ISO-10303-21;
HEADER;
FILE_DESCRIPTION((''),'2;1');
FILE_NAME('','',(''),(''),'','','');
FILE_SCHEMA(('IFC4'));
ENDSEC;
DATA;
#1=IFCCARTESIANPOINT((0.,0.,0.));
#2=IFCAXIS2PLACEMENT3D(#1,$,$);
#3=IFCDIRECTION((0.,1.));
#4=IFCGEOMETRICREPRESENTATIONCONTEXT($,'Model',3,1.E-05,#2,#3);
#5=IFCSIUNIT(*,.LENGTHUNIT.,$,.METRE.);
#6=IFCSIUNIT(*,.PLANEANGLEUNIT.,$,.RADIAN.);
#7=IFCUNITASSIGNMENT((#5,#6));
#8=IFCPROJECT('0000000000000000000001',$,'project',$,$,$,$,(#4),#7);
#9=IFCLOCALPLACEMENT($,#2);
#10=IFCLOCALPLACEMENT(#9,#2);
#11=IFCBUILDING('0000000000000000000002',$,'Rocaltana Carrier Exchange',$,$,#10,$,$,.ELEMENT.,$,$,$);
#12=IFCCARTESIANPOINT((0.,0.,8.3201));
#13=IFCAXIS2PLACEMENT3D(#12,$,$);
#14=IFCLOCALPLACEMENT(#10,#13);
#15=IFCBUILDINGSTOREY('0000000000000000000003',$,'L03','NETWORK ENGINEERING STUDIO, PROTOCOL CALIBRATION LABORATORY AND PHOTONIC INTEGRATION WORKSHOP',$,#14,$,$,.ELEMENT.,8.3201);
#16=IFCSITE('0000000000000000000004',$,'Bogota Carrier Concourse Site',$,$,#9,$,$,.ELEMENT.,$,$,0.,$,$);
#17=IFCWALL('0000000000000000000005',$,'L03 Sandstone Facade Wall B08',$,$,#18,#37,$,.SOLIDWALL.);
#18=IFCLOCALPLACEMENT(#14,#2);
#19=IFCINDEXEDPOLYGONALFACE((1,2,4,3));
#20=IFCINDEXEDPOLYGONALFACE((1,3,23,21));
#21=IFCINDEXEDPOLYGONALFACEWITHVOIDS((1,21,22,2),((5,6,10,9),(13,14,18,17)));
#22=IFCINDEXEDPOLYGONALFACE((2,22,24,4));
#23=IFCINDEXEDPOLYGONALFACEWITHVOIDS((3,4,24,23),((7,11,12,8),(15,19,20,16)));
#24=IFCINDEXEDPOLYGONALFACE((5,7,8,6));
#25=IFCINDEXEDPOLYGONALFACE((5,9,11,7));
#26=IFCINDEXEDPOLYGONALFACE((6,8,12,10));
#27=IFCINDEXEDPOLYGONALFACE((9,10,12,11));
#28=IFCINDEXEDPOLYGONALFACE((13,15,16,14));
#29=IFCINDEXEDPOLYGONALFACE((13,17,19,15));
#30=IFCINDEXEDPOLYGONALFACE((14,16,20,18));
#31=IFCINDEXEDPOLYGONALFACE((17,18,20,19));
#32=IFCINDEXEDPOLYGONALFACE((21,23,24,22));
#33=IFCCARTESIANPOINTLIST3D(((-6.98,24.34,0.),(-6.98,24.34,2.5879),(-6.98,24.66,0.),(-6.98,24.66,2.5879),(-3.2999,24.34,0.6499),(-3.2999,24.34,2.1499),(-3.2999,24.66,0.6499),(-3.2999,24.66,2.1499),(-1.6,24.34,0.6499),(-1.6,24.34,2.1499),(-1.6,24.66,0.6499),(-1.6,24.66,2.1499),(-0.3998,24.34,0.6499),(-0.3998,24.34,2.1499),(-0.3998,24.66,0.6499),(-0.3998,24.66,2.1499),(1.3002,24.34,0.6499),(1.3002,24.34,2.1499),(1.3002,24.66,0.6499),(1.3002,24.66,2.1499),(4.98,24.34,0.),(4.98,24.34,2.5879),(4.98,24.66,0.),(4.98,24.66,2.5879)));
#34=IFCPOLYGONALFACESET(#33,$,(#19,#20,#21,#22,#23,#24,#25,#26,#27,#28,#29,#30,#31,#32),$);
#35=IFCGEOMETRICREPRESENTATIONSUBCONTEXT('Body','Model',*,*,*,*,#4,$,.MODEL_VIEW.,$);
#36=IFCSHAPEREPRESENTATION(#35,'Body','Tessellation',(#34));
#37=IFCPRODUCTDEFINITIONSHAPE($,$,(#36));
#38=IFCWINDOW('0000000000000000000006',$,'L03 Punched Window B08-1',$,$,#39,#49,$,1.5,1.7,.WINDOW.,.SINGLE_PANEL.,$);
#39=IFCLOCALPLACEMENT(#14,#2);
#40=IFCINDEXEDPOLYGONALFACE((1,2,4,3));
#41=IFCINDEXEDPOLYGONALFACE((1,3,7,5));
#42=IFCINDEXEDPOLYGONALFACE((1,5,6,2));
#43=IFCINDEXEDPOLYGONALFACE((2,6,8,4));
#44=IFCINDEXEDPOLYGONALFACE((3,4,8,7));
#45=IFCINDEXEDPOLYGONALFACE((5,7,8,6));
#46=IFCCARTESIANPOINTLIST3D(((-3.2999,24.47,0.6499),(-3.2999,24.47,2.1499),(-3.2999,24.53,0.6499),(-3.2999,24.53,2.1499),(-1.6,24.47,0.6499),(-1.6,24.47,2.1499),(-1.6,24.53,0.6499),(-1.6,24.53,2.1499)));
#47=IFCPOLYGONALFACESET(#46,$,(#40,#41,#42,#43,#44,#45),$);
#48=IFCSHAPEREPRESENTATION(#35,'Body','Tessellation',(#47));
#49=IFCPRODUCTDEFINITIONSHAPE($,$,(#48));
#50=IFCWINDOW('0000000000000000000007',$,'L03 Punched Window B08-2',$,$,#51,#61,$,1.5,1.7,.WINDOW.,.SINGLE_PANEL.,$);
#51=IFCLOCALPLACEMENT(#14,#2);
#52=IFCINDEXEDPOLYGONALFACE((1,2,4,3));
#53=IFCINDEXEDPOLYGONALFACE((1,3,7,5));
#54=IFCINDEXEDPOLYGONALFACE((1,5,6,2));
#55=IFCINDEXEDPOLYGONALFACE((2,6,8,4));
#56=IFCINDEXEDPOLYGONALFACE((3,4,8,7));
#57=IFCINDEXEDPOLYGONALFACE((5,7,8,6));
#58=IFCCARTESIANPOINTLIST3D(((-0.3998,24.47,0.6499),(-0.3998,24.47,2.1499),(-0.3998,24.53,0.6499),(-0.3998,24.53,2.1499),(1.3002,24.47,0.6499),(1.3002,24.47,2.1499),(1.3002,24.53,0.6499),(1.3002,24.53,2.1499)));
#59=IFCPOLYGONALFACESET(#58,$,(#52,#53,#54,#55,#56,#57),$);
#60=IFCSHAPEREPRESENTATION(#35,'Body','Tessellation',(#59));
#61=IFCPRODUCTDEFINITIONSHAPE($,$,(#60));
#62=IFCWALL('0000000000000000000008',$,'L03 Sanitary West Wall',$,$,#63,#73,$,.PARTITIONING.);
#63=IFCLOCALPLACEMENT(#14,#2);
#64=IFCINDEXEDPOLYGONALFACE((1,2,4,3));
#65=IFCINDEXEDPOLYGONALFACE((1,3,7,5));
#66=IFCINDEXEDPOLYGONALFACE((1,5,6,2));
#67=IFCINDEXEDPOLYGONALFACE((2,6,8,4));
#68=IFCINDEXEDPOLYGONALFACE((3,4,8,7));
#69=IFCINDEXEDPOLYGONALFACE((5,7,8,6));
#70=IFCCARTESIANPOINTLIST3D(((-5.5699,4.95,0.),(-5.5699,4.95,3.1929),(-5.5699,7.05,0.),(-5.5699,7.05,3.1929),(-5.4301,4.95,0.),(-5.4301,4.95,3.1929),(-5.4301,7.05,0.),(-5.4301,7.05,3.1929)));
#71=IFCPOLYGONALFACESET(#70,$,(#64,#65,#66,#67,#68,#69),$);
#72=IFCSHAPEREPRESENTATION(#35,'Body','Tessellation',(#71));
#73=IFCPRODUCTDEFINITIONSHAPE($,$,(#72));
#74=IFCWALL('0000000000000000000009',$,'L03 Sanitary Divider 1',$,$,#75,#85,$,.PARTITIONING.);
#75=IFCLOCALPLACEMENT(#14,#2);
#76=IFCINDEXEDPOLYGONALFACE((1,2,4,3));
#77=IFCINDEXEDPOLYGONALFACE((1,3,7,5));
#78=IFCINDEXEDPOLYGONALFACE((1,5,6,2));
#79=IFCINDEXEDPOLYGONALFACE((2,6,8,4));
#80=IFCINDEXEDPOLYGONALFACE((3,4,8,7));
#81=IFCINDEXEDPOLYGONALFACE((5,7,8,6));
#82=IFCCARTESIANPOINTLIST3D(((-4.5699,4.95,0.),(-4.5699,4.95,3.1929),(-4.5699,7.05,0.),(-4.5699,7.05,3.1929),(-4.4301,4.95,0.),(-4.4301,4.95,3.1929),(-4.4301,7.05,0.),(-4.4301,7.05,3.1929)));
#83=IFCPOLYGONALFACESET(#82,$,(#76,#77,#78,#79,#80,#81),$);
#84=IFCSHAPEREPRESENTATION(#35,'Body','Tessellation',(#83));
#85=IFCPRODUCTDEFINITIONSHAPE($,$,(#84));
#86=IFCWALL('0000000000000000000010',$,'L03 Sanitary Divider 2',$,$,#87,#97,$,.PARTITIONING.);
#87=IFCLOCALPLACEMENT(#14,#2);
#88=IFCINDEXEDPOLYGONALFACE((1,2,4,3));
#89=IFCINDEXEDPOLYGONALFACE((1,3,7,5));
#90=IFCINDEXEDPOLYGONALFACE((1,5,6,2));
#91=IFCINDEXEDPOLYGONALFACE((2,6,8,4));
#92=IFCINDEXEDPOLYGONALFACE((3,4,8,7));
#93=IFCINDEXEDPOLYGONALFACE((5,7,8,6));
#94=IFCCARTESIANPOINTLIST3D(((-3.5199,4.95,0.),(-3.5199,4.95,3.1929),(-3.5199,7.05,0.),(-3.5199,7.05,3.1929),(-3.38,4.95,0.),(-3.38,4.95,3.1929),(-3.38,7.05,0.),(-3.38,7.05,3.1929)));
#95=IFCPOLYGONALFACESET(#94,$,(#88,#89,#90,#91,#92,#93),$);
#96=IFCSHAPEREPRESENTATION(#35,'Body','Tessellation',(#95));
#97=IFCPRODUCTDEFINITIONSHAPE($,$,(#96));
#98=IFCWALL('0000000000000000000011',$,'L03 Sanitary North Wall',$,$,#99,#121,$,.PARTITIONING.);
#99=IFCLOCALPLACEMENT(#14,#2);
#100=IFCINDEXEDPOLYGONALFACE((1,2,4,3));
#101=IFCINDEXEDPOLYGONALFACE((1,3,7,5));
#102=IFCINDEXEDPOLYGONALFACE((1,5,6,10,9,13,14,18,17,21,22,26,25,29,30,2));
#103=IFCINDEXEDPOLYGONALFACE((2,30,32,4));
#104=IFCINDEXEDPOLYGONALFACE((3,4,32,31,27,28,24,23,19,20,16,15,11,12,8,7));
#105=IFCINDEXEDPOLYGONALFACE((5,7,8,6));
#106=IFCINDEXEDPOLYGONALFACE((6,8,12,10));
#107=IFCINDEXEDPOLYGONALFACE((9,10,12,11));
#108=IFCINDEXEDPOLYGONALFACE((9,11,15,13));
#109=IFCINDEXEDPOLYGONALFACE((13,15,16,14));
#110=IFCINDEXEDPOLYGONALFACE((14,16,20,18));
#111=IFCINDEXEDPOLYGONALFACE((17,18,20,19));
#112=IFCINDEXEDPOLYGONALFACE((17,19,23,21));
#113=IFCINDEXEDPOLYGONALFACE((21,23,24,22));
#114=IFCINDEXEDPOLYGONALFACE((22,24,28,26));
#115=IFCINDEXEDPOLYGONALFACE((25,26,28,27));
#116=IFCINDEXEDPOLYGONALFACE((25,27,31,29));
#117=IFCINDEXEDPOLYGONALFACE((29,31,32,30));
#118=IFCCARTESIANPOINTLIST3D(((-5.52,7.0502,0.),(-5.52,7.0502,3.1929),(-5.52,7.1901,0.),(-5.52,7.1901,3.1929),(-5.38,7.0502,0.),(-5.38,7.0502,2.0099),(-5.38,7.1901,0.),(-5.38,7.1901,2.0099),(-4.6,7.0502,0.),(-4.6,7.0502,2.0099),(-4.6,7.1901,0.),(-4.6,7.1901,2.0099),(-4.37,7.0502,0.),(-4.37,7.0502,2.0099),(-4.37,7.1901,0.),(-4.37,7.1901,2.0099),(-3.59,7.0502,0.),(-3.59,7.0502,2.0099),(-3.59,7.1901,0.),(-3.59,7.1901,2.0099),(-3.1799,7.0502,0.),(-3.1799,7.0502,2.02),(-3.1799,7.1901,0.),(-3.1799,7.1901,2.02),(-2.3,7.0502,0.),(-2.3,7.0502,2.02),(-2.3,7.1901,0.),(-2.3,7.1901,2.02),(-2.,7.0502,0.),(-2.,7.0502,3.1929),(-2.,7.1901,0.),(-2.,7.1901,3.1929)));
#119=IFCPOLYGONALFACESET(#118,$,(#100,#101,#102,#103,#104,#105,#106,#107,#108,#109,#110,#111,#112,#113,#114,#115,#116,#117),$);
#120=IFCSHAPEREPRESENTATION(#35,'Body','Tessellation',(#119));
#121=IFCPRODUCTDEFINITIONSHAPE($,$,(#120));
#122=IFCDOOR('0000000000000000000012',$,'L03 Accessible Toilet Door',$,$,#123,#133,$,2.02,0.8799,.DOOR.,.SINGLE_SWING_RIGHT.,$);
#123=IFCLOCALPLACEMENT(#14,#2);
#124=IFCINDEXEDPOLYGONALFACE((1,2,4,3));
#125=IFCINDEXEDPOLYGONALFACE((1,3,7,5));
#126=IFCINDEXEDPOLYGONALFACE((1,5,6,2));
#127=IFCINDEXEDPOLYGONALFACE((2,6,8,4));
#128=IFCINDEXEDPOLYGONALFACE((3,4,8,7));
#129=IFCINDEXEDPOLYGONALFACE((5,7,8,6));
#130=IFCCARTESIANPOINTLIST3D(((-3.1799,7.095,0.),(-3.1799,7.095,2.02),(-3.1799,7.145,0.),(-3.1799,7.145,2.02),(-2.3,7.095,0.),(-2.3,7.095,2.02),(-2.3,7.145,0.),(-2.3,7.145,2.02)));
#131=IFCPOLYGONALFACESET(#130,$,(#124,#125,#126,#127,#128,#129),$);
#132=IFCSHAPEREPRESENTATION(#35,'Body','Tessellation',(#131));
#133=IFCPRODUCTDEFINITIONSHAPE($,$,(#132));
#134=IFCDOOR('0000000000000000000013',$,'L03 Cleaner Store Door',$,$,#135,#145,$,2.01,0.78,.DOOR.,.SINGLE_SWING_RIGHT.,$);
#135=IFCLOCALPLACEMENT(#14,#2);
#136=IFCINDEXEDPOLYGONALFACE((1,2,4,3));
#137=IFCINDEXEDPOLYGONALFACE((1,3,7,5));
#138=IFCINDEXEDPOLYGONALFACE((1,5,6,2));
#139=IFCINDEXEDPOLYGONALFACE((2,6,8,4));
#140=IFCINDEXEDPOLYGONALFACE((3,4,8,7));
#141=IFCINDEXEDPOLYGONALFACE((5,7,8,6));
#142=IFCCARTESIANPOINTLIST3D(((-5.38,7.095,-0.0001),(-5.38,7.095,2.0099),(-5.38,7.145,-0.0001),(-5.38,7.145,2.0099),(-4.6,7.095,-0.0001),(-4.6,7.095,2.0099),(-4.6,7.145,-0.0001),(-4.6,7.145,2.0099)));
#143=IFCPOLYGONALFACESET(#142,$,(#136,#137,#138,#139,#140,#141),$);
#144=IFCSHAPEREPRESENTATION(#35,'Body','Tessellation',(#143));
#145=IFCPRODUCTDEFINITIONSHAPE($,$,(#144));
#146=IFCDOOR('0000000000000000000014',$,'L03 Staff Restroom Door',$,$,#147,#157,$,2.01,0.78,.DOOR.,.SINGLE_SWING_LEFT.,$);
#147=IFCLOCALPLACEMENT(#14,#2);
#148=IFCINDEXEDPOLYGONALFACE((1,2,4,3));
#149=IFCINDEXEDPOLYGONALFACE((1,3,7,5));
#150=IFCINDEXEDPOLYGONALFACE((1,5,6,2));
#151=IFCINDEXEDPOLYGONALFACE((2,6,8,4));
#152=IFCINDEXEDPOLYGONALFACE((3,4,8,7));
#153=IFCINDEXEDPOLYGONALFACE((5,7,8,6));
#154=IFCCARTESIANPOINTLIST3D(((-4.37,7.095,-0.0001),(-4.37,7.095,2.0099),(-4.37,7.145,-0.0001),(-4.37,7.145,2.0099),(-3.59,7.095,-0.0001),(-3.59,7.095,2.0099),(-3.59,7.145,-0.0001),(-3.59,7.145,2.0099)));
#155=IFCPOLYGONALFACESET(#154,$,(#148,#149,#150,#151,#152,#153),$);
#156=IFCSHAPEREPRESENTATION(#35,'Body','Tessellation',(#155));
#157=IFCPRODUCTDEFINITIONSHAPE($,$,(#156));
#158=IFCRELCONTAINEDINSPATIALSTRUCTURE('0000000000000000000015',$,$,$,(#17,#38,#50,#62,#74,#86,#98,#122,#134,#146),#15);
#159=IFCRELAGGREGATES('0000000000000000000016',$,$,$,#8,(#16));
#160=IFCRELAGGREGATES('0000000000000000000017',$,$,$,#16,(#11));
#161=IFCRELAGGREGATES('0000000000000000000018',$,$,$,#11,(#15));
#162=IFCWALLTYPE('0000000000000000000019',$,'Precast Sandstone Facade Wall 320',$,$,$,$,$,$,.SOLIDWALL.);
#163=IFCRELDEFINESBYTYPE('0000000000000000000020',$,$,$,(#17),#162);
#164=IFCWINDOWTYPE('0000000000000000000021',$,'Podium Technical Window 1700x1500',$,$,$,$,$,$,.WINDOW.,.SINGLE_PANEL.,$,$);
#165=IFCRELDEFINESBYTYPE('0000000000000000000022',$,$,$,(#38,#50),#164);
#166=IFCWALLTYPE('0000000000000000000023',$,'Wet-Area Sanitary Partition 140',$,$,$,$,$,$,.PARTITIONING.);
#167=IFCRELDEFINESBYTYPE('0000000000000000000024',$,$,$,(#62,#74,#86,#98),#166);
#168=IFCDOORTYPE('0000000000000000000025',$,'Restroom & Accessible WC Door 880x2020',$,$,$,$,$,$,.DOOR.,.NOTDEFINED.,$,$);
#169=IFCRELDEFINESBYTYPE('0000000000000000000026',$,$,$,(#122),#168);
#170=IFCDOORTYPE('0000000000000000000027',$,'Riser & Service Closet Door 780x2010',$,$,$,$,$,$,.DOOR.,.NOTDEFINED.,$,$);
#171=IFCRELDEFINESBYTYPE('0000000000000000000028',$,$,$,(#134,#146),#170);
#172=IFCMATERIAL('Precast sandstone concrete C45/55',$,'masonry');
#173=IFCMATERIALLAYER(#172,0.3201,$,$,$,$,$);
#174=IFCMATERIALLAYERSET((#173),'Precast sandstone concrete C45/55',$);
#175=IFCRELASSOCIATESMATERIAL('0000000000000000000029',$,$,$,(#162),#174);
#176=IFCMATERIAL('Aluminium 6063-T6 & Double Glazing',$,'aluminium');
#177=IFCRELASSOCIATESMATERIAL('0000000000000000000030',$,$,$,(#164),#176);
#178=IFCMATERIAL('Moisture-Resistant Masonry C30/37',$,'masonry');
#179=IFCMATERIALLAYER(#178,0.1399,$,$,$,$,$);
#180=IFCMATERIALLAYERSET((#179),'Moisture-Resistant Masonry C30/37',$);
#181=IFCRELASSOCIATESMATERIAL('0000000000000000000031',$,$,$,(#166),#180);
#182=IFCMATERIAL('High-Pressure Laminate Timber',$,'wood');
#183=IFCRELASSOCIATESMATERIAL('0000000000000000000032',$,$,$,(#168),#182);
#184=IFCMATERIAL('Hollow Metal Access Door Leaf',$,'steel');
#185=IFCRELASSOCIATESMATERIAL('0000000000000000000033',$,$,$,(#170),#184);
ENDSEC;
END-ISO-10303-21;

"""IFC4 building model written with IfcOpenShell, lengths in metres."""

from ifc_helpers import new_model, si_unit, direction, frame, frame_2d, origin, place, context, subcontext, project, spatial, rectangle, extrude, material, layer, layer_set, type_object, element, fill, save


model = new_model("IFC4")

# Units and contexts
model_context = context("Model", 3, precision=1e-05, world=origin(), true_north=direction((0.0, 1.0)))
body_context = subcontext(model_context, "Body", "Model", "MODEL_VIEW")
ifc_project = project(units=[si_unit("LENGTHUNIT", "METRE"), si_unit("PLANEANGLEUNIT", "RADIAN")], contexts=[model_context])

# Site, building, storey
site_placement = place(None, origin())
site = spatial("IfcSite", under=ifc_project, at=site_placement, Name="Bogota Carrier Concourse Site", CompositionType="ELEMENT", RefElevation=0.0)
building_placement = place(site_placement, origin())
building = spatial("IfcBuilding", under=site, at=building_placement, Name="Rocaltana Carrier Exchange", CompositionType="ELEMENT")
storey_placement = place(building_placement, frame((0.0, 0.0, 8.3201)))
storey = spatial("IfcBuildingStorey", under=building, at=storey_placement, Name="L03", Description="NETWORK ENGINEERING STUDIO, PROTOCOL CALIBRATION LABORATORY AND PHOTONIC INTEGRATION WORKSHOP", CompositionType="ELEMENT", Elevation=8.3201)

# Wall, openings, windows
ifc_material_1 = material(Name="Precast sandstone concrete C45/55", Category="masonry")
ifc_layer_1 = layer(ifc_material_1, 0.3201)
ifc_layer_set_1 = layer_set([ifc_layer_1], Name="Precast sandstone concrete C45/55")
wall_type_1 = type_object("IfcWallType", Name="Precast Sandstone Facade Wall 320", PredefinedType="SOLIDWALL", material=ifc_layer_set_1)
wall_1_placement = place(storey_placement, frame((-6.98, 24.5, 0.0), z_axis=(0.0, 0.0, 1.0), x_axis=(1.0, 0.0, 0.0)))
wall_1 = element("IfcWall", 1, at=wall_1_placement, inside=storey, type_object=wall_type_1, Name="L03 Sandstone Facade Wall B08", PredefinedType="SOLIDWALL", context=body_context, shape_type="SweptSolid", body=[
    extrude(rectangle(XDim=11.96, YDim=0.3201, at=frame_2d((5.98, 0.0))), origin(), (0.0, 0.0, 1.0), 2.5879),
])
opening_1_placement = place(wall_1_placement, frame((3.6799, 0.0, 0.6499)))
opening_1 = element("IfcOpeningElement", 2, at=opening_1_placement, cuts=wall_1, PredefinedType="OPENING", context=body_context, shape_type="SweptSolid", body=[
    extrude(rectangle(XDim=1.7, YDim=1.5, at=frame_2d((0.8501, 0.75))), frame((0.0, 0.1699, 0.0), z_axis=(0.0, -1.0, 0.0), x_axis=(1.0, 0.0, 0.0)), (0.0, 0.0, 1.0), 0.3401),
])
opening_2_placement = place(wall_1_placement, frame((6.5801, 0.0, 0.6499)))
opening_2 = element("IfcOpeningElement", 3, at=opening_2_placement, cuts=wall_1, PredefinedType="OPENING", context=body_context, shape_type="SweptSolid", body=[
    extrude(rectangle(XDim=1.7, YDim=1.5, at=frame_2d((0.8501, 0.75))), frame((0.0, 0.1699, 0.0), z_axis=(0.0, -1.0, 0.0), x_axis=(1.0, 0.0, 0.0)), (0.0, 0.0, 1.0), 0.3401),
])
ifc_material_2 = material(Name="Aluminium 6063-T6 & Double Glazing", Category="aluminium")
window_type = type_object("IfcWindowType", Name="Podium Technical Window 1700x1500", PartitioningType="SINGLE_PANEL", PredefinedType="WINDOW", material=ifc_material_2)
window_1_placement = place(opening_1_placement, origin())
window_1 = element("IfcWindow", 4, at=window_1_placement, inside=storey, type_object=window_type, Name="L03 Punched Window B08-1", OverallHeight=1.5, OverallWidth=1.7, PartitioningType="SINGLE_PANEL", PredefinedType="WINDOW", context=body_context, shape_type="SweptSolid", body=[
    extrude(rectangle(XDim=1.7, YDim=1.5, at=frame_2d((0.8501, 0.75))), frame((0.0, 0.03, 0.0), z_axis=(0.0, -1.0, 0.0), x_axis=(1.0, 0.0, 0.0)), (0.0, 0.0, 1.0), 0.0601),
])
fill(opening_1, window_1)
window_2_placement = place(opening_2_placement, origin())
window_2 = element("IfcWindow", 5, at=window_2_placement, inside=storey, type_object=window_type, Name="L03 Punched Window B08-2", OverallHeight=1.5, OverallWidth=1.7, PartitioningType="SINGLE_PANEL", PredefinedType="WINDOW", context=body_context, shape_type="SweptSolid", body=[
    extrude(rectangle(XDim=1.7, YDim=1.5, at=frame_2d((0.8501, 0.75))), frame((0.0, 0.03, 0.0), z_axis=(0.0, -1.0, 0.0), x_axis=(1.0, 0.0, 0.0)), (0.0, 0.0, 1.0), 0.0601),
])
fill(opening_2, window_2)

# Walls
ifc_material_3 = material(Name="Moisture-Resistant Masonry C30/37", Category="masonry")
ifc_layer_2 = layer(ifc_material_3, 0.1399)
ifc_layer_set_2 = layer_set([ifc_layer_2], Name="Moisture-Resistant Masonry C30/37")
wall_type_2 = type_object("IfcWallType", Name="Wet-Area Sanitary Partition 140", PredefinedType="PARTITIONING", material=ifc_layer_set_2)
for number, where, z_axis, x_axis, name in (
    (6, (-5.5, 4.95, 0.0), (0.0, 0.0, 1.0), (0.0, 1.0, 0.0), "L03 Sanitary West Wall"),
    (7, (-4.5, 4.95, 0.0), (0.0, 0.0, 1.0), (0.0, 1.0, 0.0), "L03 Sanitary Divider 1"),
    (8, (-3.45, 4.95, 0.0), (0.0, 0.0, 1.0), (0.0, 1.0, 0.0), "L03 Sanitary Divider 2"),
):
    element("IfcWall", number, at=place(storey_placement, frame(where, z_axis=z_axis, x_axis=x_axis)), inside=storey, type_object=wall_type_2, Name=name, PredefinedType="PARTITIONING", context=body_context, shape_type="SweptSolid", body=[
        extrude(rectangle(XDim=2.1001, YDim=0.1399, at=frame_2d((1.05, 0.0))), origin(), (0.0, 0.0, 1.0), 3.1929),
    ])

# Wall, openings, doors
wall_2_placement = place(storey_placement, frame((-5.52, 7.1201, 0.0), z_axis=(0.0, 0.0, 1.0), x_axis=(1.0, 0.0, 0.0)))
wall_2 = element("IfcWall", 9, at=wall_2_placement, inside=storey, type_object=wall_type_2, Name="L03 Sanitary North Wall", PredefinedType="PARTITIONING", context=body_context, shape_type="SweptSolid", body=[
    extrude(rectangle(XDim=3.52, YDim=0.1399, at=frame_2d((1.76, 0.0))), origin(), (0.0, 0.0, 1.0), 3.1929),
])
opening_3_placement = place(wall_2_placement, frame((0.1399, 0.0, 0.0)))
opening_3 = element("IfcOpeningElement", 10, at=opening_3_placement, cuts=wall_2, PredefinedType="OPENING", context=body_context, shape_type="SweptSolid", body=[
    extrude(rectangle(XDim=0.78, YDim=2.01, at=frame_2d((0.3901, 1.0049))), frame((0.0, 0.0798, 0.0), z_axis=(0.0, -1.0, 0.0), x_axis=(1.0, 0.0, 0.0)), (0.0, 0.0, 1.0), 0.1599),
])
opening_4_placement = place(wall_2_placement, frame((1.1499, 0.0, 0.0)))
opening_4 = element("IfcOpeningElement", 11, at=opening_4_placement, cuts=wall_2, PredefinedType="OPENING", context=body_context, shape_type="SweptSolid", body=[
    extrude(rectangle(XDim=0.78, YDim=2.01, at=frame_2d((0.3901, 1.0049))), frame((0.0, 0.0798, 0.0), z_axis=(0.0, -1.0, 0.0), x_axis=(1.0, 0.0, 0.0)), (0.0, 0.0, 1.0), 0.1599),
])
opening_5_placement = place(wall_2_placement, frame((2.3401, 0.0, 0.0)))
opening_5 = element("IfcOpeningElement", 12, at=opening_5_placement, cuts=wall_2, PredefinedType="OPENING", context=body_context, shape_type="SweptSolid", body=[
    extrude(rectangle(XDim=0.8799, YDim=2.02, at=frame_2d((0.4399, 1.01))), frame((0.0, 0.0798, 0.0), z_axis=(0.0, -1.0, 0.0), x_axis=(1.0, 0.0, 0.0)), (0.0, 0.0, 1.0), 0.1599),
])
ifc_material_4 = material(Name="High-Pressure Laminate Timber", Category="wood")
door_type_1 = type_object("IfcDoorType", Name="Restroom & Accessible WC Door 880x2020", OperationType="NOTDEFINED", PredefinedType="DOOR", material=ifc_material_4)
door_1_placement = place(opening_5_placement, origin())
door_1 = element("IfcDoor", 13, at=door_1_placement, inside=storey, type_object=door_type_1, Name="L03 Accessible Toilet Door", OperationType="SINGLE_SWING_RIGHT", OverallHeight=2.02, OverallWidth=0.8799, PredefinedType="DOOR", context=body_context, shape_type="SweptSolid", body=[
    extrude(rectangle(XDim=0.8799, YDim=2.02, at=frame_2d((0.4399, 1.01))), frame((0.0, 0.0249, 0.0), z_axis=(0.0, -1.0, 0.0), x_axis=(1.0, 0.0, 0.0)), (0.0, 0.0, 1.0), 0.05),
])
fill(opening_5, door_1)
ifc_material_5 = material(Name="Hollow Metal Access Door Leaf", Category="steel")
door_type_2 = type_object("IfcDoorType", Name="Riser & Service Closet Door 780x2010", OperationType="NOTDEFINED", PredefinedType="DOOR", material=ifc_material_5)
door_2_placement = place(opening_3_placement, origin())
door_2 = element("IfcDoor", 14, at=door_2_placement, inside=storey, type_object=door_type_2, Name="L03 Cleaner Store Door", OperationType="SINGLE_SWING_RIGHT", OverallHeight=2.01, OverallWidth=0.78, PredefinedType="DOOR", context=body_context, shape_type="SweptSolid", body=[
    extrude(rectangle(XDim=0.78, YDim=2.01, at=frame_2d((0.3901, 1.0049))), frame((0.0, 0.0249, 0.0), z_axis=(0.0, -1.0, 0.0), x_axis=(1.0, 0.0, 0.0)), (0.0, 0.0, 1.0), 0.05),
])
fill(opening_3, door_2)
door_3_placement = place(opening_4_placement, origin())
door_3 = element("IfcDoor", 15, at=door_3_placement, inside=storey, type_object=door_type_2, Name="L03 Staff Restroom Door", OperationType="SINGLE_SWING_LEFT", OverallHeight=2.01, OverallWidth=0.78, PredefinedType="DOOR", context=body_context, shape_type="SweptSolid", body=[
    extrude(rectangle(XDim=0.78, YDim=2.01, at=frame_2d((0.3901, 1.0049))), frame((0.0, 0.0249, 0.0), z_axis=(0.0, -1.0, 0.0), x_axis=(1.0, 0.0, 0.0)), (0.0, 0.0, 1.0), 0.05),
])
fill(opening_4, door_3)

save(model, "model.ifc")
